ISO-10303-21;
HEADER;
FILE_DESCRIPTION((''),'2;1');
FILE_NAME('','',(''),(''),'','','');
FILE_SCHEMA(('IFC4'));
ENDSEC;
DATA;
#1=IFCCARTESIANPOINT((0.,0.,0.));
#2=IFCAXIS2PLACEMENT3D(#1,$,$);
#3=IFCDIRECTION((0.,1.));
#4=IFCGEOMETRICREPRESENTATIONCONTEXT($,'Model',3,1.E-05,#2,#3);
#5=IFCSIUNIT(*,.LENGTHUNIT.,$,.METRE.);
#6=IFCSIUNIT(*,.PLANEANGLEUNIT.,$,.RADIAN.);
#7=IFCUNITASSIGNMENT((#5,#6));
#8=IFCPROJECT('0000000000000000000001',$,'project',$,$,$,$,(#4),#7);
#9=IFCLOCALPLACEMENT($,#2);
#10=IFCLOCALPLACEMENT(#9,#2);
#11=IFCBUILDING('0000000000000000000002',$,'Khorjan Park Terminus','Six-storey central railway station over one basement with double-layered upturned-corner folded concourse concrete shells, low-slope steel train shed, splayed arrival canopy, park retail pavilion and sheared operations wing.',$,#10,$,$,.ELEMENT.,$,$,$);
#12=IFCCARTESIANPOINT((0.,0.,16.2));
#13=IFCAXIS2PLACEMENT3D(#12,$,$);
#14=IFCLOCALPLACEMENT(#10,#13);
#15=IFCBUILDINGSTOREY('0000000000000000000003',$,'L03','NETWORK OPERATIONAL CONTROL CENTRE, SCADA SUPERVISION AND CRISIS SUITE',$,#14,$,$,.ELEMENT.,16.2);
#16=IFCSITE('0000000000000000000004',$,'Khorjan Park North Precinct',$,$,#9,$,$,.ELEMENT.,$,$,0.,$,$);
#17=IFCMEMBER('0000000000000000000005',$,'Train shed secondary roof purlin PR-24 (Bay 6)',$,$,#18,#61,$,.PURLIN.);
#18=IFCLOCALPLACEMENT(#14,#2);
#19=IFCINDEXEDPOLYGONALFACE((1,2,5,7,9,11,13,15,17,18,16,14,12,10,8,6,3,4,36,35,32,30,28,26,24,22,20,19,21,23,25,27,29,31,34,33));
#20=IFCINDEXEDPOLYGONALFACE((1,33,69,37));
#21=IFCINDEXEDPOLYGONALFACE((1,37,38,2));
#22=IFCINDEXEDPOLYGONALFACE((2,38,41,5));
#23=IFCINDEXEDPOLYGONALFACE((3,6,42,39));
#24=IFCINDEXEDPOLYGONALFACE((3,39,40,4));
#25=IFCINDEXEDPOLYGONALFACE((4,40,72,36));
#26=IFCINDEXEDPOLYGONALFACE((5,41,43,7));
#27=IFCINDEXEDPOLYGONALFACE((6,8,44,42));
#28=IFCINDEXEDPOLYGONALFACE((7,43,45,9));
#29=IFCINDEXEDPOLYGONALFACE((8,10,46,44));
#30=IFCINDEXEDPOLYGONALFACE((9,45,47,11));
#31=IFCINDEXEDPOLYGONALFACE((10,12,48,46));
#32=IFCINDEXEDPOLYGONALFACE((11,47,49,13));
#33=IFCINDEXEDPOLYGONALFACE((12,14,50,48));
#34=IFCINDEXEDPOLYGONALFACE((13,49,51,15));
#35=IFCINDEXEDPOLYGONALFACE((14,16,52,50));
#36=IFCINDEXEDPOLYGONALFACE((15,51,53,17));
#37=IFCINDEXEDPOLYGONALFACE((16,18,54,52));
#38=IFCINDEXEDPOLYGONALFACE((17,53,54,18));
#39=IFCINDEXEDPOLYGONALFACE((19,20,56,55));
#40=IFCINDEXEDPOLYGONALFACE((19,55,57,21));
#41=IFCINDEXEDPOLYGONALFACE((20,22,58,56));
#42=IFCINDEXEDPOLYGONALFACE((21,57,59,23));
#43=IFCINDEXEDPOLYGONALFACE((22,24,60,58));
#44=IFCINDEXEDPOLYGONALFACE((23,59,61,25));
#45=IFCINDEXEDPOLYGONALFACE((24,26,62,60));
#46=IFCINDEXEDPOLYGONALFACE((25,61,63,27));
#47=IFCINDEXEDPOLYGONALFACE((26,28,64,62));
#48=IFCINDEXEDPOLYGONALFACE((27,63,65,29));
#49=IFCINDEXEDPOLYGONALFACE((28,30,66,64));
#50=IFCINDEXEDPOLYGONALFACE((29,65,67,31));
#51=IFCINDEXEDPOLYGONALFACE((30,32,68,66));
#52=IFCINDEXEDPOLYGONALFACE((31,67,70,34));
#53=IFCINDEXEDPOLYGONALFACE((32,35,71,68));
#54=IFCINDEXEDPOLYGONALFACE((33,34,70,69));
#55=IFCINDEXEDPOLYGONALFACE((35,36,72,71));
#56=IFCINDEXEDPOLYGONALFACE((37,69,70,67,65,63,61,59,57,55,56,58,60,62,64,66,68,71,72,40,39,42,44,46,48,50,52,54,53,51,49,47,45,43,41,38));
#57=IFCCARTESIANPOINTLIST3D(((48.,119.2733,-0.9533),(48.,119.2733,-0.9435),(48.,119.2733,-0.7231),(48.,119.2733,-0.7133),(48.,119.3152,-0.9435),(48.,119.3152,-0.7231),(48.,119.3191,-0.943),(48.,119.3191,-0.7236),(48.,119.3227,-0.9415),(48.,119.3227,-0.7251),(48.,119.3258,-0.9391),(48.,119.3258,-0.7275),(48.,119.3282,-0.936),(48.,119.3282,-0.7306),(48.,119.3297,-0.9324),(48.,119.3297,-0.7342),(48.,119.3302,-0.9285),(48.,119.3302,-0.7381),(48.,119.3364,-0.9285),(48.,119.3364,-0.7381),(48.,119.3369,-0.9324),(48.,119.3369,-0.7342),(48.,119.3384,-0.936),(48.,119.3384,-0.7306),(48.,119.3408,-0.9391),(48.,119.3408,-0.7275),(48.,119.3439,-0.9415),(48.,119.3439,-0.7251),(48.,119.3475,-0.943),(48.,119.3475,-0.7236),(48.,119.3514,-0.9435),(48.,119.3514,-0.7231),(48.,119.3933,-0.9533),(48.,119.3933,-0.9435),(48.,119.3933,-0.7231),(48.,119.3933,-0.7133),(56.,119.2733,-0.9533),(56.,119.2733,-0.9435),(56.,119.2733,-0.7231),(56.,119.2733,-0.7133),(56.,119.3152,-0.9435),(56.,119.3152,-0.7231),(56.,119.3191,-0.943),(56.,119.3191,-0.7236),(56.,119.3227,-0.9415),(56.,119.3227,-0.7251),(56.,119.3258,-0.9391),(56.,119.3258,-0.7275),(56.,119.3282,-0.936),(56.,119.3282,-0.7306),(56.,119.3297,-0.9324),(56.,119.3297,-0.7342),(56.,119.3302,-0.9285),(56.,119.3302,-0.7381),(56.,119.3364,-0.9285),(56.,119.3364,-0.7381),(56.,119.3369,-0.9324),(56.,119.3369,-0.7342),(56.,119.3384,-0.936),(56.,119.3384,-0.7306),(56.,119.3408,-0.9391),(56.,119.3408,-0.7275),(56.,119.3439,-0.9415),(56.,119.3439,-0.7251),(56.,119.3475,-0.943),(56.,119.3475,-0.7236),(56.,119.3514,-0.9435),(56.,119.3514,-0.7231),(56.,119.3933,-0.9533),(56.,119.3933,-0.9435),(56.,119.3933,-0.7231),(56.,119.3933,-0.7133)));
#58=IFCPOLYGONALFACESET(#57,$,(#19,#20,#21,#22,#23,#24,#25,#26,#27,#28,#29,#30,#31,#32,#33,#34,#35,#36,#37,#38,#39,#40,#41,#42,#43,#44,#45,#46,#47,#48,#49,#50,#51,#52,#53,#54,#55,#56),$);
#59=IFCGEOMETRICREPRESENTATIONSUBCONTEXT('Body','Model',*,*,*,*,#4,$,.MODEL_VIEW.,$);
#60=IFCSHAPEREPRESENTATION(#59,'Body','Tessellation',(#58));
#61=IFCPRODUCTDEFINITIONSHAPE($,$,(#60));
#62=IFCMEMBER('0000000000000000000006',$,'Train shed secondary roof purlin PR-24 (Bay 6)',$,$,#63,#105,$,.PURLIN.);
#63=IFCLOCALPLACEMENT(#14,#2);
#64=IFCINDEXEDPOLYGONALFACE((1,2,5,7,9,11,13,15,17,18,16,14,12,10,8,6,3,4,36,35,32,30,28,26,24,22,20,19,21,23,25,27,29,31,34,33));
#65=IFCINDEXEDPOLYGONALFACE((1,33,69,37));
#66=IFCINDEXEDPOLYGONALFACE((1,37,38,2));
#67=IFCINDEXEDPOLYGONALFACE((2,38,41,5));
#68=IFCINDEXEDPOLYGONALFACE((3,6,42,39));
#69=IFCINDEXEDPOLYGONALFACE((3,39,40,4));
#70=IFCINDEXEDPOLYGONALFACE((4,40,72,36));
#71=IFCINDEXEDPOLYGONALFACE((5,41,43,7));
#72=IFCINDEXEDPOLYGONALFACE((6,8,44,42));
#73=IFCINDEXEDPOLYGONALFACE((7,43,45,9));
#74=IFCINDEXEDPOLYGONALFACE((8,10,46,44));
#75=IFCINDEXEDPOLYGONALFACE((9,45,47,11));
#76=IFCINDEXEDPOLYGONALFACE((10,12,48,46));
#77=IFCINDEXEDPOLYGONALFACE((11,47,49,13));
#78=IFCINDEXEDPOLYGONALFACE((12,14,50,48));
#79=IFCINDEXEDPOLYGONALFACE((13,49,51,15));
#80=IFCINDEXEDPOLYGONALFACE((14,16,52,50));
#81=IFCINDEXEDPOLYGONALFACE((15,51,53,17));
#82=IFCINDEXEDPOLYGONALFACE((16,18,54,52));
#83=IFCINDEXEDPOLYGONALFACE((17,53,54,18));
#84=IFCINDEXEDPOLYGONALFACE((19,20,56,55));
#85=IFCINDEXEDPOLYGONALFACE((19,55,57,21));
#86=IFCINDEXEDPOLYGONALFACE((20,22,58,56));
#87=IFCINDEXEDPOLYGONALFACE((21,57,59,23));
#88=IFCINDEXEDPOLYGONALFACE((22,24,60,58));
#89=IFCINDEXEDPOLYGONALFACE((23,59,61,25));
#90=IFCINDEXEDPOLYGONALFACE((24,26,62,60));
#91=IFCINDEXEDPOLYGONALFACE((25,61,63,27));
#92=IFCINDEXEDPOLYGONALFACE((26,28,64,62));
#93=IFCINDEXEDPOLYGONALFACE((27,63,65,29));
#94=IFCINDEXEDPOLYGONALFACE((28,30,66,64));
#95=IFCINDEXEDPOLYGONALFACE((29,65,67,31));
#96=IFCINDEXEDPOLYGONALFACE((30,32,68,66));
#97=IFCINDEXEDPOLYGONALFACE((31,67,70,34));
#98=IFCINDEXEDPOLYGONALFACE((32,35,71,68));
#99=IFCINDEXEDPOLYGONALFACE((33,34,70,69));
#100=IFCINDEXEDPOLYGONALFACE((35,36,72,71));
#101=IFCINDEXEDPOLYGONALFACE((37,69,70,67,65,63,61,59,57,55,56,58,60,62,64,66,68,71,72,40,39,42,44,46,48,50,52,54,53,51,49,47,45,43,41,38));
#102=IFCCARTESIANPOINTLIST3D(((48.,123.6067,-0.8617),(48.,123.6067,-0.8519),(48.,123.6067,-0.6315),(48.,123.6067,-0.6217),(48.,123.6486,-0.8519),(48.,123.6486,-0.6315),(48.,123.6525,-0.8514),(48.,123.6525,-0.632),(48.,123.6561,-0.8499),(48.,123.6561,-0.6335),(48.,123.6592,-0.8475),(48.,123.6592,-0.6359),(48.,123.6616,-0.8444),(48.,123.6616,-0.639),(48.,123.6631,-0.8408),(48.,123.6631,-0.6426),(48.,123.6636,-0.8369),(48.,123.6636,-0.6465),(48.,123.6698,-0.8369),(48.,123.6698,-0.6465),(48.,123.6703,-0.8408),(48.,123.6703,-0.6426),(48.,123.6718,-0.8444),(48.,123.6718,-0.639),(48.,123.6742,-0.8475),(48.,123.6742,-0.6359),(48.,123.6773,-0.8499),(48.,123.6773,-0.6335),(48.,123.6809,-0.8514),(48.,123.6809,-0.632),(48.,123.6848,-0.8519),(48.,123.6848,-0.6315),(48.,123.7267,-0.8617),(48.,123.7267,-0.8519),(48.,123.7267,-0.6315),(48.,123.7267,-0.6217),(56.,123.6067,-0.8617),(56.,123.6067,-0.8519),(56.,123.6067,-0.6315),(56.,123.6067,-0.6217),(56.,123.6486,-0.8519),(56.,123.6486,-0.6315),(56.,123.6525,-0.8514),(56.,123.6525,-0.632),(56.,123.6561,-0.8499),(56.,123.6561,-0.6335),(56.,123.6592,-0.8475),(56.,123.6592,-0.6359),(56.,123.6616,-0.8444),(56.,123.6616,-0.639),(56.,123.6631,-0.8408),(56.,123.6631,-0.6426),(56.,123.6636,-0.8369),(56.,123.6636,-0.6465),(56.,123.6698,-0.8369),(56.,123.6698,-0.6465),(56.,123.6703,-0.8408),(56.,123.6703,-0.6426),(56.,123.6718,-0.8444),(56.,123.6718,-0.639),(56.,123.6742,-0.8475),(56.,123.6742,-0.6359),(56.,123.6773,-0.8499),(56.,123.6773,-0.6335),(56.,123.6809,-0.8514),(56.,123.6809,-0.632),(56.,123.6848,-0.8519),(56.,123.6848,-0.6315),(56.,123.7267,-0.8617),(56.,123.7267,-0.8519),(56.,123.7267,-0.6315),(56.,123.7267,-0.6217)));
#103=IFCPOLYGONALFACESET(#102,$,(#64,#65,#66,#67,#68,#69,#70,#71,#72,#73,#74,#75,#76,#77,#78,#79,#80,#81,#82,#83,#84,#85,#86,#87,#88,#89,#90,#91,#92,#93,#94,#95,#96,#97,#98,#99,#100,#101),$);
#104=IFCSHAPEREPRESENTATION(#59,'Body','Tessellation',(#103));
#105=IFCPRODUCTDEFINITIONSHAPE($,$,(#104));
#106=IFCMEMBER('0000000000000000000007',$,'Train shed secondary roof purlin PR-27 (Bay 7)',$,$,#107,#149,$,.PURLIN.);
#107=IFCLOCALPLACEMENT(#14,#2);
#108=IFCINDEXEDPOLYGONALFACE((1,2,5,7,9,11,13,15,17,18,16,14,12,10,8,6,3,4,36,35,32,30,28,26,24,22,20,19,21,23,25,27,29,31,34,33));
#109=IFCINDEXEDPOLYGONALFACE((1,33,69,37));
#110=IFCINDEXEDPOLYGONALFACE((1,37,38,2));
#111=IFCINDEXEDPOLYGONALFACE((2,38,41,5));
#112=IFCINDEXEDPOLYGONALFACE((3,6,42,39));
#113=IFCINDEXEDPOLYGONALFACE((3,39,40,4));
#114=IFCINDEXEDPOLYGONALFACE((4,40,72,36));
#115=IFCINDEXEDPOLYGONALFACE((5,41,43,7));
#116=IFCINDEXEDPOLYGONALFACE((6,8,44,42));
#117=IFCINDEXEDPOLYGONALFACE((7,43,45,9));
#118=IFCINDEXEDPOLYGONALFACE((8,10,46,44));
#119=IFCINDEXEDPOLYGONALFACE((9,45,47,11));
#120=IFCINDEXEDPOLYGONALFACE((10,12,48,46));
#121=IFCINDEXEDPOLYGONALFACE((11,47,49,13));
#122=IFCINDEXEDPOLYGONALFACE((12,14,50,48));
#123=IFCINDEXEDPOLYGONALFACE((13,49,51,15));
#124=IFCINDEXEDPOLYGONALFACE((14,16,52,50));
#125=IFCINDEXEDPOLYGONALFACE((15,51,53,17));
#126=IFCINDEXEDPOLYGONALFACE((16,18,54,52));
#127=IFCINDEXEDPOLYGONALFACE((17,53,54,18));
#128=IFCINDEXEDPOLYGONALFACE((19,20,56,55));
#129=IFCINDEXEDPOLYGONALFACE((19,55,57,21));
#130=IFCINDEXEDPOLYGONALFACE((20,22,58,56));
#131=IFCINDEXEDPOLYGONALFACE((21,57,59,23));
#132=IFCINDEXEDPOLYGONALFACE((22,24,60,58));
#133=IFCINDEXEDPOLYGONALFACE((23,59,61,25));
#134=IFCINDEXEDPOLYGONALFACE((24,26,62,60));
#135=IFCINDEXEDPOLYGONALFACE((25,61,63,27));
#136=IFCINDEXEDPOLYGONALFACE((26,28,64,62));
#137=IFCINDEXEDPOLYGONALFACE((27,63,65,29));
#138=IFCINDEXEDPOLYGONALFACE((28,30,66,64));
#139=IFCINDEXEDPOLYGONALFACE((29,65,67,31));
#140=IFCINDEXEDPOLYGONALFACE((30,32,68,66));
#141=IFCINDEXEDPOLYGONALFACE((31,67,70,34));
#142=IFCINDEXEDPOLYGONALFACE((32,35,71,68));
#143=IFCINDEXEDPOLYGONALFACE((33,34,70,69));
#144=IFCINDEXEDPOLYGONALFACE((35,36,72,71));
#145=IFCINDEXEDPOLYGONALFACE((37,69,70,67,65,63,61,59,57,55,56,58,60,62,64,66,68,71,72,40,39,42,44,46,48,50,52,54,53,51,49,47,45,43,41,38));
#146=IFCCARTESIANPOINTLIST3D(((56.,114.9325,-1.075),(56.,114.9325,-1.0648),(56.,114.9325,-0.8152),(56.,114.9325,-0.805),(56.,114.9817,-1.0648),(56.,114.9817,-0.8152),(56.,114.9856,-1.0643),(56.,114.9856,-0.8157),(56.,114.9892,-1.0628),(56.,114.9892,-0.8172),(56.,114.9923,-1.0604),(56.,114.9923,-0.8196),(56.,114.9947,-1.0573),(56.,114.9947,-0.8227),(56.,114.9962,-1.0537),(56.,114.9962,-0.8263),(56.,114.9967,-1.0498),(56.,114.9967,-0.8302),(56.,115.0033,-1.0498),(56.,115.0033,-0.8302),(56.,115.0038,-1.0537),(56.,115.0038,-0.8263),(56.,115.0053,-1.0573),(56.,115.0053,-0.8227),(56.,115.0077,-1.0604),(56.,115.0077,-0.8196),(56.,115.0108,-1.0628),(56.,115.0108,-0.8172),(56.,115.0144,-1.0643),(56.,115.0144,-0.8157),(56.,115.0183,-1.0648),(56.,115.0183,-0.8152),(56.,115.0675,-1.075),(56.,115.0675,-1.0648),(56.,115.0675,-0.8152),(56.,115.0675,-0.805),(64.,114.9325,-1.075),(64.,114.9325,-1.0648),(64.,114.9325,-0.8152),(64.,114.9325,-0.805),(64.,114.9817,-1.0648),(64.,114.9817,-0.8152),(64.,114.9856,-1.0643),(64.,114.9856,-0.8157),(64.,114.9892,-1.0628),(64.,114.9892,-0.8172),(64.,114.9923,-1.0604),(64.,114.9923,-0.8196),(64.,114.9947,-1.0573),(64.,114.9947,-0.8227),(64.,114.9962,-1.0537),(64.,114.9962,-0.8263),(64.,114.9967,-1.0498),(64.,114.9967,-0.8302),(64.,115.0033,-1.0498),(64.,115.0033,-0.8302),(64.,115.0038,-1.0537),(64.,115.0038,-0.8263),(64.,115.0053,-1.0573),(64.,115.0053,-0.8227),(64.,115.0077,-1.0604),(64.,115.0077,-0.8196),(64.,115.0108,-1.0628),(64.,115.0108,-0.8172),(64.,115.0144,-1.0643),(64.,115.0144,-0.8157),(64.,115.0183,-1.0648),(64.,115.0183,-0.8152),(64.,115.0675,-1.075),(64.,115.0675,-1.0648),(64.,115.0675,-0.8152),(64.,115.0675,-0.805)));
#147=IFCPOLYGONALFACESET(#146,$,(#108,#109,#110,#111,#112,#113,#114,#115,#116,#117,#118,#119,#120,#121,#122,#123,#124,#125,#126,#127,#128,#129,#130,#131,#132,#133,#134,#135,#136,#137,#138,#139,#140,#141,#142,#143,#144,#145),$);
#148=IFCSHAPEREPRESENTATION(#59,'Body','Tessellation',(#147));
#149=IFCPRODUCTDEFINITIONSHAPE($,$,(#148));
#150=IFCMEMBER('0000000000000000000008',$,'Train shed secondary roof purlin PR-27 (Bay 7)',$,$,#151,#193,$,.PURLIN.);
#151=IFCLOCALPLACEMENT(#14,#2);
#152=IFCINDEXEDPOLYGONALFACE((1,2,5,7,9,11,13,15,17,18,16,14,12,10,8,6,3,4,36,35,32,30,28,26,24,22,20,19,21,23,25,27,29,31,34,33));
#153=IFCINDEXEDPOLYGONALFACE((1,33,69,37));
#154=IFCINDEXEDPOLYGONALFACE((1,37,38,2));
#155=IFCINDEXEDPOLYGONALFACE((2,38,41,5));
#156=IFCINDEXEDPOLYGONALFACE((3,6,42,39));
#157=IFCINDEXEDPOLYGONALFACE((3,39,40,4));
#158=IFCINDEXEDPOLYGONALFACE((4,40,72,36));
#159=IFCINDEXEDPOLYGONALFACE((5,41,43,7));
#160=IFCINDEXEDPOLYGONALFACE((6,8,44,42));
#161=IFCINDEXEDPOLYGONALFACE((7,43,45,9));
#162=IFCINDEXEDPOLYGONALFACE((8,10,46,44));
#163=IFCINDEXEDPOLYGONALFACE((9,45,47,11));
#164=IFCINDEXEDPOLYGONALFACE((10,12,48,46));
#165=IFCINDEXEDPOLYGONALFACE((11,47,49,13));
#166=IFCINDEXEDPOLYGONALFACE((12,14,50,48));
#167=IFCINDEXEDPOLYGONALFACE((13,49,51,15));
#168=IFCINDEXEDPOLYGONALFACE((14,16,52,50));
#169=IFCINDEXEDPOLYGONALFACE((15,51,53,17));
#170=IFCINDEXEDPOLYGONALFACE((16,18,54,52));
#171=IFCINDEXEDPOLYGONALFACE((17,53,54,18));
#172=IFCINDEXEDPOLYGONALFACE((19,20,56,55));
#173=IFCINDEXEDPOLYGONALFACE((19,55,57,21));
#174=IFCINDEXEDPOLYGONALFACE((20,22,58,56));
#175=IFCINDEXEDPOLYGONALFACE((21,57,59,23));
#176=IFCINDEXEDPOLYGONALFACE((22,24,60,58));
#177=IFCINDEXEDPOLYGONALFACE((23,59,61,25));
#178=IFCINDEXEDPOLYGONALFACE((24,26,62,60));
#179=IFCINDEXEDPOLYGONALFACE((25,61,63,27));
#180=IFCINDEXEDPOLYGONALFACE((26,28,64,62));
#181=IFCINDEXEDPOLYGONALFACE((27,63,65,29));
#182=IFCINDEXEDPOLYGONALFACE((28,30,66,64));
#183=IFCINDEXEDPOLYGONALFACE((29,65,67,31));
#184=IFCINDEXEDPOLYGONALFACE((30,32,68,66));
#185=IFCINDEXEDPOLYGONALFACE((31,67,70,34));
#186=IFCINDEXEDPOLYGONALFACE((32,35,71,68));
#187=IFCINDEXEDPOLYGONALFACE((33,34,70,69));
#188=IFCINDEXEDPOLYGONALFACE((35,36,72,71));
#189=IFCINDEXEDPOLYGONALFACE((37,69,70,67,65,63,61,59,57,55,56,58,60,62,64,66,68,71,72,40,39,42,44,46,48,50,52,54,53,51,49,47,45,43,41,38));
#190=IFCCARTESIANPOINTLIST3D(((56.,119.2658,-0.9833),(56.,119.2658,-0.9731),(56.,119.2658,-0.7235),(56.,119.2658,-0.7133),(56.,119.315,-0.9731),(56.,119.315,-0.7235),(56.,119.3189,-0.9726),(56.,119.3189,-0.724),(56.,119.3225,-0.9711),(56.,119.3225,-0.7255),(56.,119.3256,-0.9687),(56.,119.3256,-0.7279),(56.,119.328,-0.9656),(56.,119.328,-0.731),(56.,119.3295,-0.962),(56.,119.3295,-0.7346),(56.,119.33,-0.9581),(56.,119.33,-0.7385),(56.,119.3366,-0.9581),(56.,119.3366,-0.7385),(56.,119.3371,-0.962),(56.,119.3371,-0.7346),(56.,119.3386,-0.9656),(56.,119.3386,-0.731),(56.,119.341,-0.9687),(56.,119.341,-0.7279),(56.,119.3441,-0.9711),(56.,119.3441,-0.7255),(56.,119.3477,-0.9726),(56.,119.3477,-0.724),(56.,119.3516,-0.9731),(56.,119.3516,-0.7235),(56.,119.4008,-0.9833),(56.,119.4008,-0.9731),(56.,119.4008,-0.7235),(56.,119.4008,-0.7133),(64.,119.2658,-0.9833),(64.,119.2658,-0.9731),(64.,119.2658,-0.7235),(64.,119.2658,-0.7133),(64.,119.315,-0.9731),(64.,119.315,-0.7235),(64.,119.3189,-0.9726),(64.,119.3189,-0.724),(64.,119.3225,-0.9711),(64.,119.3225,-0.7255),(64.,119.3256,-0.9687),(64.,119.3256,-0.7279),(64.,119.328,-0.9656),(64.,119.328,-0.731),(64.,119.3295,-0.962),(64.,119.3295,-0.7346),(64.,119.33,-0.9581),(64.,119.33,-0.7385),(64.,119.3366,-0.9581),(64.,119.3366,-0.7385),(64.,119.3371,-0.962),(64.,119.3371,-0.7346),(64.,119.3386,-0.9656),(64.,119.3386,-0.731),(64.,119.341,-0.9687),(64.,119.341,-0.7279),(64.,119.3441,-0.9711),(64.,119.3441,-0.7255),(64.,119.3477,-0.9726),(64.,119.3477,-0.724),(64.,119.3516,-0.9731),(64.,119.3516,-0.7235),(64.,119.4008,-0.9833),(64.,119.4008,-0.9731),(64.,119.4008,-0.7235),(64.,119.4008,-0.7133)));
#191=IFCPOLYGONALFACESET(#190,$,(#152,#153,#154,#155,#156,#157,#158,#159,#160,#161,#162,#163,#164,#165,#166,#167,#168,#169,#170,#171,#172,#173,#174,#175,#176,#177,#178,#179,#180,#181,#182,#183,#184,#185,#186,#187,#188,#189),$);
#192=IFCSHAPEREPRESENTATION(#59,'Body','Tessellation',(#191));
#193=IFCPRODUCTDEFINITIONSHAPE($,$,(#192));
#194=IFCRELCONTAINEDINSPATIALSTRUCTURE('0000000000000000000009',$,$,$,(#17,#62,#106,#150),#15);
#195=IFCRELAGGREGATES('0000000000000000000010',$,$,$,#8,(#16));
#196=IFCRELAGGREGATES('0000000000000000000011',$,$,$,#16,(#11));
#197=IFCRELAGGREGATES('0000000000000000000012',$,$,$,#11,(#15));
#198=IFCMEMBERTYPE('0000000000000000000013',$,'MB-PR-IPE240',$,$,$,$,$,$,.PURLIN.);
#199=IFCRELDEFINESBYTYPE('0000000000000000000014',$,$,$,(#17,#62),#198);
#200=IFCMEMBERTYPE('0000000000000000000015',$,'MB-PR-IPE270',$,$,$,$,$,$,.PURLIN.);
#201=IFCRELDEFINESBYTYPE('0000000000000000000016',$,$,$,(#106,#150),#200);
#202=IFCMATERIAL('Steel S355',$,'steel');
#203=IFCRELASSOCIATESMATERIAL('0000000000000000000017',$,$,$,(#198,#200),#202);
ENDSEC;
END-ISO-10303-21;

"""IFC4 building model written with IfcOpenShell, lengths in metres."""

from ifc_helpers import new_model, si_unit, direction, frame, origin, origin_2d, place, context, subcontext, project, spatial, i_section, extrude, material, material_profile, profile_set, type_object, element, save


model = new_model("IFC4")

# Units and contexts
model_context = context("Model", 3, precision=1e-05, world=origin(), true_north=direction((0.0, 1.0)))
body_context = subcontext(model_context, "Body", "Model", "MODEL_VIEW")
ifc_project = project(units=[si_unit("LENGTHUNIT", "METRE"), si_unit("PLANEANGLEUNIT", "RADIAN")], contexts=[model_context])

# Site, building, storey
site_placement = place(None, origin())
site = spatial("IfcSite", under=ifc_project, at=site_placement, Name="Khorjan Park North Precinct", CompositionType="ELEMENT", RefElevation=0.0)
building_placement = place(site_placement, origin())
building = spatial("IfcBuilding", under=site, at=building_placement, Name="Khorjan Park Terminus", Description="Six-storey central railway station over one basement with double-layered upturned-corner folded concourse concrete shells, low-slope steel train shed, splayed arrival canopy, park retail pavilion and sheared operations wing.", CompositionType="ELEMENT")
storey_placement = place(building_placement, frame((0.0, 0.0, 16.2)))
storey = spatial("IfcBuildingStorey", under=building, at=storey_placement, Name="L03", Description="NETWORK OPERATIONAL CONTROL CENTRE, SCADA SUPERVISION AND CRISIS SUITE", CompositionType="ELEMENT", Elevation=16.2)

# Members
ifc_material = material(Name="Steel S355", Category="steel")
ifc_material_profile_1 = material_profile(ifc_material, i_section(OverallWidth=0.12, OverallDepth=0.24, WebThickness=0.0062, FlangeThickness=0.0098, FilletRadius=0.015, at=origin_2d()), Name="IPE 240")
ifc_profile_set_1 = profile_set([ifc_material_profile_1], Name="Steel S355")
member_type_1 = type_object("IfcMemberType", Name="MB-PR-IPE240", PredefinedType="PURLIN", material=ifc_profile_set_1)
for number, where, z_axis, x_axis, name in (
    (1, (48.0, 119.3333, -0.8333), (1.0, 0.0, 0.0), (0.0, 1.0, 0.0), "Train shed secondary roof purlin PR-24 (Bay 6)"),
    (2, (48.0, 123.6667, -0.7417), (1.0, 0.0, 0.0), (0.0, 1.0, 0.0), "Train shed secondary roof purlin PR-24 (Bay 6)"),
):
    element("IfcMember", number, at=place(storey_placement, frame(where, z_axis=z_axis, x_axis=x_axis)), inside=storey, type_object=member_type_1, Name=name, PredefinedType="PURLIN", context=body_context, shape_type="SweptSolid", body=[
        extrude(i_section(OverallWidth=0.12, OverallDepth=0.24, WebThickness=0.0062, FlangeThickness=0.0098, FilletRadius=0.015, at=origin_2d()), origin(), (0.0, 0.0, 1.0), 8.0),
    ])
ifc_material_profile_2 = material_profile(ifc_material, i_section(OverallWidth=0.135, OverallDepth=0.27, WebThickness=0.0066, FlangeThickness=0.0102, FilletRadius=0.015, at=origin_2d()), Name="IPE 270")
ifc_profile_set_2 = profile_set([ifc_material_profile_2], Name="Steel S355")
member_type_2 = type_object("IfcMemberType", Name="MB-PR-IPE270", PredefinedType="PURLIN", material=ifc_profile_set_2)
for number, where, z_axis, x_axis, name in (
    (3, (56.0, 115.0, -0.94), (1.0, 0.0, 0.0), (0.0, 1.0, 0.0), "Train shed secondary roof purlin PR-27 (Bay 7)"),
    (4, (56.0, 119.3333, -0.8483), (1.0, 0.0, 0.0), (0.0, 1.0, 0.0), "Train shed secondary roof purlin PR-27 (Bay 7)"),
):
    element("IfcMember", number, at=place(storey_placement, frame(where, z_axis=z_axis, x_axis=x_axis)), inside=storey, type_object=member_type_2, Name=name, PredefinedType="PURLIN", context=body_context, shape_type="SweptSolid", body=[
        extrude(i_section(OverallWidth=0.135, OverallDepth=0.27, WebThickness=0.0066, FlangeThickness=0.0102, FilletRadius=0.015, at=origin_2d()), origin(), (0.0, 0.0, 1.0), 8.0),
    ])

save(model, "model.ifc")
